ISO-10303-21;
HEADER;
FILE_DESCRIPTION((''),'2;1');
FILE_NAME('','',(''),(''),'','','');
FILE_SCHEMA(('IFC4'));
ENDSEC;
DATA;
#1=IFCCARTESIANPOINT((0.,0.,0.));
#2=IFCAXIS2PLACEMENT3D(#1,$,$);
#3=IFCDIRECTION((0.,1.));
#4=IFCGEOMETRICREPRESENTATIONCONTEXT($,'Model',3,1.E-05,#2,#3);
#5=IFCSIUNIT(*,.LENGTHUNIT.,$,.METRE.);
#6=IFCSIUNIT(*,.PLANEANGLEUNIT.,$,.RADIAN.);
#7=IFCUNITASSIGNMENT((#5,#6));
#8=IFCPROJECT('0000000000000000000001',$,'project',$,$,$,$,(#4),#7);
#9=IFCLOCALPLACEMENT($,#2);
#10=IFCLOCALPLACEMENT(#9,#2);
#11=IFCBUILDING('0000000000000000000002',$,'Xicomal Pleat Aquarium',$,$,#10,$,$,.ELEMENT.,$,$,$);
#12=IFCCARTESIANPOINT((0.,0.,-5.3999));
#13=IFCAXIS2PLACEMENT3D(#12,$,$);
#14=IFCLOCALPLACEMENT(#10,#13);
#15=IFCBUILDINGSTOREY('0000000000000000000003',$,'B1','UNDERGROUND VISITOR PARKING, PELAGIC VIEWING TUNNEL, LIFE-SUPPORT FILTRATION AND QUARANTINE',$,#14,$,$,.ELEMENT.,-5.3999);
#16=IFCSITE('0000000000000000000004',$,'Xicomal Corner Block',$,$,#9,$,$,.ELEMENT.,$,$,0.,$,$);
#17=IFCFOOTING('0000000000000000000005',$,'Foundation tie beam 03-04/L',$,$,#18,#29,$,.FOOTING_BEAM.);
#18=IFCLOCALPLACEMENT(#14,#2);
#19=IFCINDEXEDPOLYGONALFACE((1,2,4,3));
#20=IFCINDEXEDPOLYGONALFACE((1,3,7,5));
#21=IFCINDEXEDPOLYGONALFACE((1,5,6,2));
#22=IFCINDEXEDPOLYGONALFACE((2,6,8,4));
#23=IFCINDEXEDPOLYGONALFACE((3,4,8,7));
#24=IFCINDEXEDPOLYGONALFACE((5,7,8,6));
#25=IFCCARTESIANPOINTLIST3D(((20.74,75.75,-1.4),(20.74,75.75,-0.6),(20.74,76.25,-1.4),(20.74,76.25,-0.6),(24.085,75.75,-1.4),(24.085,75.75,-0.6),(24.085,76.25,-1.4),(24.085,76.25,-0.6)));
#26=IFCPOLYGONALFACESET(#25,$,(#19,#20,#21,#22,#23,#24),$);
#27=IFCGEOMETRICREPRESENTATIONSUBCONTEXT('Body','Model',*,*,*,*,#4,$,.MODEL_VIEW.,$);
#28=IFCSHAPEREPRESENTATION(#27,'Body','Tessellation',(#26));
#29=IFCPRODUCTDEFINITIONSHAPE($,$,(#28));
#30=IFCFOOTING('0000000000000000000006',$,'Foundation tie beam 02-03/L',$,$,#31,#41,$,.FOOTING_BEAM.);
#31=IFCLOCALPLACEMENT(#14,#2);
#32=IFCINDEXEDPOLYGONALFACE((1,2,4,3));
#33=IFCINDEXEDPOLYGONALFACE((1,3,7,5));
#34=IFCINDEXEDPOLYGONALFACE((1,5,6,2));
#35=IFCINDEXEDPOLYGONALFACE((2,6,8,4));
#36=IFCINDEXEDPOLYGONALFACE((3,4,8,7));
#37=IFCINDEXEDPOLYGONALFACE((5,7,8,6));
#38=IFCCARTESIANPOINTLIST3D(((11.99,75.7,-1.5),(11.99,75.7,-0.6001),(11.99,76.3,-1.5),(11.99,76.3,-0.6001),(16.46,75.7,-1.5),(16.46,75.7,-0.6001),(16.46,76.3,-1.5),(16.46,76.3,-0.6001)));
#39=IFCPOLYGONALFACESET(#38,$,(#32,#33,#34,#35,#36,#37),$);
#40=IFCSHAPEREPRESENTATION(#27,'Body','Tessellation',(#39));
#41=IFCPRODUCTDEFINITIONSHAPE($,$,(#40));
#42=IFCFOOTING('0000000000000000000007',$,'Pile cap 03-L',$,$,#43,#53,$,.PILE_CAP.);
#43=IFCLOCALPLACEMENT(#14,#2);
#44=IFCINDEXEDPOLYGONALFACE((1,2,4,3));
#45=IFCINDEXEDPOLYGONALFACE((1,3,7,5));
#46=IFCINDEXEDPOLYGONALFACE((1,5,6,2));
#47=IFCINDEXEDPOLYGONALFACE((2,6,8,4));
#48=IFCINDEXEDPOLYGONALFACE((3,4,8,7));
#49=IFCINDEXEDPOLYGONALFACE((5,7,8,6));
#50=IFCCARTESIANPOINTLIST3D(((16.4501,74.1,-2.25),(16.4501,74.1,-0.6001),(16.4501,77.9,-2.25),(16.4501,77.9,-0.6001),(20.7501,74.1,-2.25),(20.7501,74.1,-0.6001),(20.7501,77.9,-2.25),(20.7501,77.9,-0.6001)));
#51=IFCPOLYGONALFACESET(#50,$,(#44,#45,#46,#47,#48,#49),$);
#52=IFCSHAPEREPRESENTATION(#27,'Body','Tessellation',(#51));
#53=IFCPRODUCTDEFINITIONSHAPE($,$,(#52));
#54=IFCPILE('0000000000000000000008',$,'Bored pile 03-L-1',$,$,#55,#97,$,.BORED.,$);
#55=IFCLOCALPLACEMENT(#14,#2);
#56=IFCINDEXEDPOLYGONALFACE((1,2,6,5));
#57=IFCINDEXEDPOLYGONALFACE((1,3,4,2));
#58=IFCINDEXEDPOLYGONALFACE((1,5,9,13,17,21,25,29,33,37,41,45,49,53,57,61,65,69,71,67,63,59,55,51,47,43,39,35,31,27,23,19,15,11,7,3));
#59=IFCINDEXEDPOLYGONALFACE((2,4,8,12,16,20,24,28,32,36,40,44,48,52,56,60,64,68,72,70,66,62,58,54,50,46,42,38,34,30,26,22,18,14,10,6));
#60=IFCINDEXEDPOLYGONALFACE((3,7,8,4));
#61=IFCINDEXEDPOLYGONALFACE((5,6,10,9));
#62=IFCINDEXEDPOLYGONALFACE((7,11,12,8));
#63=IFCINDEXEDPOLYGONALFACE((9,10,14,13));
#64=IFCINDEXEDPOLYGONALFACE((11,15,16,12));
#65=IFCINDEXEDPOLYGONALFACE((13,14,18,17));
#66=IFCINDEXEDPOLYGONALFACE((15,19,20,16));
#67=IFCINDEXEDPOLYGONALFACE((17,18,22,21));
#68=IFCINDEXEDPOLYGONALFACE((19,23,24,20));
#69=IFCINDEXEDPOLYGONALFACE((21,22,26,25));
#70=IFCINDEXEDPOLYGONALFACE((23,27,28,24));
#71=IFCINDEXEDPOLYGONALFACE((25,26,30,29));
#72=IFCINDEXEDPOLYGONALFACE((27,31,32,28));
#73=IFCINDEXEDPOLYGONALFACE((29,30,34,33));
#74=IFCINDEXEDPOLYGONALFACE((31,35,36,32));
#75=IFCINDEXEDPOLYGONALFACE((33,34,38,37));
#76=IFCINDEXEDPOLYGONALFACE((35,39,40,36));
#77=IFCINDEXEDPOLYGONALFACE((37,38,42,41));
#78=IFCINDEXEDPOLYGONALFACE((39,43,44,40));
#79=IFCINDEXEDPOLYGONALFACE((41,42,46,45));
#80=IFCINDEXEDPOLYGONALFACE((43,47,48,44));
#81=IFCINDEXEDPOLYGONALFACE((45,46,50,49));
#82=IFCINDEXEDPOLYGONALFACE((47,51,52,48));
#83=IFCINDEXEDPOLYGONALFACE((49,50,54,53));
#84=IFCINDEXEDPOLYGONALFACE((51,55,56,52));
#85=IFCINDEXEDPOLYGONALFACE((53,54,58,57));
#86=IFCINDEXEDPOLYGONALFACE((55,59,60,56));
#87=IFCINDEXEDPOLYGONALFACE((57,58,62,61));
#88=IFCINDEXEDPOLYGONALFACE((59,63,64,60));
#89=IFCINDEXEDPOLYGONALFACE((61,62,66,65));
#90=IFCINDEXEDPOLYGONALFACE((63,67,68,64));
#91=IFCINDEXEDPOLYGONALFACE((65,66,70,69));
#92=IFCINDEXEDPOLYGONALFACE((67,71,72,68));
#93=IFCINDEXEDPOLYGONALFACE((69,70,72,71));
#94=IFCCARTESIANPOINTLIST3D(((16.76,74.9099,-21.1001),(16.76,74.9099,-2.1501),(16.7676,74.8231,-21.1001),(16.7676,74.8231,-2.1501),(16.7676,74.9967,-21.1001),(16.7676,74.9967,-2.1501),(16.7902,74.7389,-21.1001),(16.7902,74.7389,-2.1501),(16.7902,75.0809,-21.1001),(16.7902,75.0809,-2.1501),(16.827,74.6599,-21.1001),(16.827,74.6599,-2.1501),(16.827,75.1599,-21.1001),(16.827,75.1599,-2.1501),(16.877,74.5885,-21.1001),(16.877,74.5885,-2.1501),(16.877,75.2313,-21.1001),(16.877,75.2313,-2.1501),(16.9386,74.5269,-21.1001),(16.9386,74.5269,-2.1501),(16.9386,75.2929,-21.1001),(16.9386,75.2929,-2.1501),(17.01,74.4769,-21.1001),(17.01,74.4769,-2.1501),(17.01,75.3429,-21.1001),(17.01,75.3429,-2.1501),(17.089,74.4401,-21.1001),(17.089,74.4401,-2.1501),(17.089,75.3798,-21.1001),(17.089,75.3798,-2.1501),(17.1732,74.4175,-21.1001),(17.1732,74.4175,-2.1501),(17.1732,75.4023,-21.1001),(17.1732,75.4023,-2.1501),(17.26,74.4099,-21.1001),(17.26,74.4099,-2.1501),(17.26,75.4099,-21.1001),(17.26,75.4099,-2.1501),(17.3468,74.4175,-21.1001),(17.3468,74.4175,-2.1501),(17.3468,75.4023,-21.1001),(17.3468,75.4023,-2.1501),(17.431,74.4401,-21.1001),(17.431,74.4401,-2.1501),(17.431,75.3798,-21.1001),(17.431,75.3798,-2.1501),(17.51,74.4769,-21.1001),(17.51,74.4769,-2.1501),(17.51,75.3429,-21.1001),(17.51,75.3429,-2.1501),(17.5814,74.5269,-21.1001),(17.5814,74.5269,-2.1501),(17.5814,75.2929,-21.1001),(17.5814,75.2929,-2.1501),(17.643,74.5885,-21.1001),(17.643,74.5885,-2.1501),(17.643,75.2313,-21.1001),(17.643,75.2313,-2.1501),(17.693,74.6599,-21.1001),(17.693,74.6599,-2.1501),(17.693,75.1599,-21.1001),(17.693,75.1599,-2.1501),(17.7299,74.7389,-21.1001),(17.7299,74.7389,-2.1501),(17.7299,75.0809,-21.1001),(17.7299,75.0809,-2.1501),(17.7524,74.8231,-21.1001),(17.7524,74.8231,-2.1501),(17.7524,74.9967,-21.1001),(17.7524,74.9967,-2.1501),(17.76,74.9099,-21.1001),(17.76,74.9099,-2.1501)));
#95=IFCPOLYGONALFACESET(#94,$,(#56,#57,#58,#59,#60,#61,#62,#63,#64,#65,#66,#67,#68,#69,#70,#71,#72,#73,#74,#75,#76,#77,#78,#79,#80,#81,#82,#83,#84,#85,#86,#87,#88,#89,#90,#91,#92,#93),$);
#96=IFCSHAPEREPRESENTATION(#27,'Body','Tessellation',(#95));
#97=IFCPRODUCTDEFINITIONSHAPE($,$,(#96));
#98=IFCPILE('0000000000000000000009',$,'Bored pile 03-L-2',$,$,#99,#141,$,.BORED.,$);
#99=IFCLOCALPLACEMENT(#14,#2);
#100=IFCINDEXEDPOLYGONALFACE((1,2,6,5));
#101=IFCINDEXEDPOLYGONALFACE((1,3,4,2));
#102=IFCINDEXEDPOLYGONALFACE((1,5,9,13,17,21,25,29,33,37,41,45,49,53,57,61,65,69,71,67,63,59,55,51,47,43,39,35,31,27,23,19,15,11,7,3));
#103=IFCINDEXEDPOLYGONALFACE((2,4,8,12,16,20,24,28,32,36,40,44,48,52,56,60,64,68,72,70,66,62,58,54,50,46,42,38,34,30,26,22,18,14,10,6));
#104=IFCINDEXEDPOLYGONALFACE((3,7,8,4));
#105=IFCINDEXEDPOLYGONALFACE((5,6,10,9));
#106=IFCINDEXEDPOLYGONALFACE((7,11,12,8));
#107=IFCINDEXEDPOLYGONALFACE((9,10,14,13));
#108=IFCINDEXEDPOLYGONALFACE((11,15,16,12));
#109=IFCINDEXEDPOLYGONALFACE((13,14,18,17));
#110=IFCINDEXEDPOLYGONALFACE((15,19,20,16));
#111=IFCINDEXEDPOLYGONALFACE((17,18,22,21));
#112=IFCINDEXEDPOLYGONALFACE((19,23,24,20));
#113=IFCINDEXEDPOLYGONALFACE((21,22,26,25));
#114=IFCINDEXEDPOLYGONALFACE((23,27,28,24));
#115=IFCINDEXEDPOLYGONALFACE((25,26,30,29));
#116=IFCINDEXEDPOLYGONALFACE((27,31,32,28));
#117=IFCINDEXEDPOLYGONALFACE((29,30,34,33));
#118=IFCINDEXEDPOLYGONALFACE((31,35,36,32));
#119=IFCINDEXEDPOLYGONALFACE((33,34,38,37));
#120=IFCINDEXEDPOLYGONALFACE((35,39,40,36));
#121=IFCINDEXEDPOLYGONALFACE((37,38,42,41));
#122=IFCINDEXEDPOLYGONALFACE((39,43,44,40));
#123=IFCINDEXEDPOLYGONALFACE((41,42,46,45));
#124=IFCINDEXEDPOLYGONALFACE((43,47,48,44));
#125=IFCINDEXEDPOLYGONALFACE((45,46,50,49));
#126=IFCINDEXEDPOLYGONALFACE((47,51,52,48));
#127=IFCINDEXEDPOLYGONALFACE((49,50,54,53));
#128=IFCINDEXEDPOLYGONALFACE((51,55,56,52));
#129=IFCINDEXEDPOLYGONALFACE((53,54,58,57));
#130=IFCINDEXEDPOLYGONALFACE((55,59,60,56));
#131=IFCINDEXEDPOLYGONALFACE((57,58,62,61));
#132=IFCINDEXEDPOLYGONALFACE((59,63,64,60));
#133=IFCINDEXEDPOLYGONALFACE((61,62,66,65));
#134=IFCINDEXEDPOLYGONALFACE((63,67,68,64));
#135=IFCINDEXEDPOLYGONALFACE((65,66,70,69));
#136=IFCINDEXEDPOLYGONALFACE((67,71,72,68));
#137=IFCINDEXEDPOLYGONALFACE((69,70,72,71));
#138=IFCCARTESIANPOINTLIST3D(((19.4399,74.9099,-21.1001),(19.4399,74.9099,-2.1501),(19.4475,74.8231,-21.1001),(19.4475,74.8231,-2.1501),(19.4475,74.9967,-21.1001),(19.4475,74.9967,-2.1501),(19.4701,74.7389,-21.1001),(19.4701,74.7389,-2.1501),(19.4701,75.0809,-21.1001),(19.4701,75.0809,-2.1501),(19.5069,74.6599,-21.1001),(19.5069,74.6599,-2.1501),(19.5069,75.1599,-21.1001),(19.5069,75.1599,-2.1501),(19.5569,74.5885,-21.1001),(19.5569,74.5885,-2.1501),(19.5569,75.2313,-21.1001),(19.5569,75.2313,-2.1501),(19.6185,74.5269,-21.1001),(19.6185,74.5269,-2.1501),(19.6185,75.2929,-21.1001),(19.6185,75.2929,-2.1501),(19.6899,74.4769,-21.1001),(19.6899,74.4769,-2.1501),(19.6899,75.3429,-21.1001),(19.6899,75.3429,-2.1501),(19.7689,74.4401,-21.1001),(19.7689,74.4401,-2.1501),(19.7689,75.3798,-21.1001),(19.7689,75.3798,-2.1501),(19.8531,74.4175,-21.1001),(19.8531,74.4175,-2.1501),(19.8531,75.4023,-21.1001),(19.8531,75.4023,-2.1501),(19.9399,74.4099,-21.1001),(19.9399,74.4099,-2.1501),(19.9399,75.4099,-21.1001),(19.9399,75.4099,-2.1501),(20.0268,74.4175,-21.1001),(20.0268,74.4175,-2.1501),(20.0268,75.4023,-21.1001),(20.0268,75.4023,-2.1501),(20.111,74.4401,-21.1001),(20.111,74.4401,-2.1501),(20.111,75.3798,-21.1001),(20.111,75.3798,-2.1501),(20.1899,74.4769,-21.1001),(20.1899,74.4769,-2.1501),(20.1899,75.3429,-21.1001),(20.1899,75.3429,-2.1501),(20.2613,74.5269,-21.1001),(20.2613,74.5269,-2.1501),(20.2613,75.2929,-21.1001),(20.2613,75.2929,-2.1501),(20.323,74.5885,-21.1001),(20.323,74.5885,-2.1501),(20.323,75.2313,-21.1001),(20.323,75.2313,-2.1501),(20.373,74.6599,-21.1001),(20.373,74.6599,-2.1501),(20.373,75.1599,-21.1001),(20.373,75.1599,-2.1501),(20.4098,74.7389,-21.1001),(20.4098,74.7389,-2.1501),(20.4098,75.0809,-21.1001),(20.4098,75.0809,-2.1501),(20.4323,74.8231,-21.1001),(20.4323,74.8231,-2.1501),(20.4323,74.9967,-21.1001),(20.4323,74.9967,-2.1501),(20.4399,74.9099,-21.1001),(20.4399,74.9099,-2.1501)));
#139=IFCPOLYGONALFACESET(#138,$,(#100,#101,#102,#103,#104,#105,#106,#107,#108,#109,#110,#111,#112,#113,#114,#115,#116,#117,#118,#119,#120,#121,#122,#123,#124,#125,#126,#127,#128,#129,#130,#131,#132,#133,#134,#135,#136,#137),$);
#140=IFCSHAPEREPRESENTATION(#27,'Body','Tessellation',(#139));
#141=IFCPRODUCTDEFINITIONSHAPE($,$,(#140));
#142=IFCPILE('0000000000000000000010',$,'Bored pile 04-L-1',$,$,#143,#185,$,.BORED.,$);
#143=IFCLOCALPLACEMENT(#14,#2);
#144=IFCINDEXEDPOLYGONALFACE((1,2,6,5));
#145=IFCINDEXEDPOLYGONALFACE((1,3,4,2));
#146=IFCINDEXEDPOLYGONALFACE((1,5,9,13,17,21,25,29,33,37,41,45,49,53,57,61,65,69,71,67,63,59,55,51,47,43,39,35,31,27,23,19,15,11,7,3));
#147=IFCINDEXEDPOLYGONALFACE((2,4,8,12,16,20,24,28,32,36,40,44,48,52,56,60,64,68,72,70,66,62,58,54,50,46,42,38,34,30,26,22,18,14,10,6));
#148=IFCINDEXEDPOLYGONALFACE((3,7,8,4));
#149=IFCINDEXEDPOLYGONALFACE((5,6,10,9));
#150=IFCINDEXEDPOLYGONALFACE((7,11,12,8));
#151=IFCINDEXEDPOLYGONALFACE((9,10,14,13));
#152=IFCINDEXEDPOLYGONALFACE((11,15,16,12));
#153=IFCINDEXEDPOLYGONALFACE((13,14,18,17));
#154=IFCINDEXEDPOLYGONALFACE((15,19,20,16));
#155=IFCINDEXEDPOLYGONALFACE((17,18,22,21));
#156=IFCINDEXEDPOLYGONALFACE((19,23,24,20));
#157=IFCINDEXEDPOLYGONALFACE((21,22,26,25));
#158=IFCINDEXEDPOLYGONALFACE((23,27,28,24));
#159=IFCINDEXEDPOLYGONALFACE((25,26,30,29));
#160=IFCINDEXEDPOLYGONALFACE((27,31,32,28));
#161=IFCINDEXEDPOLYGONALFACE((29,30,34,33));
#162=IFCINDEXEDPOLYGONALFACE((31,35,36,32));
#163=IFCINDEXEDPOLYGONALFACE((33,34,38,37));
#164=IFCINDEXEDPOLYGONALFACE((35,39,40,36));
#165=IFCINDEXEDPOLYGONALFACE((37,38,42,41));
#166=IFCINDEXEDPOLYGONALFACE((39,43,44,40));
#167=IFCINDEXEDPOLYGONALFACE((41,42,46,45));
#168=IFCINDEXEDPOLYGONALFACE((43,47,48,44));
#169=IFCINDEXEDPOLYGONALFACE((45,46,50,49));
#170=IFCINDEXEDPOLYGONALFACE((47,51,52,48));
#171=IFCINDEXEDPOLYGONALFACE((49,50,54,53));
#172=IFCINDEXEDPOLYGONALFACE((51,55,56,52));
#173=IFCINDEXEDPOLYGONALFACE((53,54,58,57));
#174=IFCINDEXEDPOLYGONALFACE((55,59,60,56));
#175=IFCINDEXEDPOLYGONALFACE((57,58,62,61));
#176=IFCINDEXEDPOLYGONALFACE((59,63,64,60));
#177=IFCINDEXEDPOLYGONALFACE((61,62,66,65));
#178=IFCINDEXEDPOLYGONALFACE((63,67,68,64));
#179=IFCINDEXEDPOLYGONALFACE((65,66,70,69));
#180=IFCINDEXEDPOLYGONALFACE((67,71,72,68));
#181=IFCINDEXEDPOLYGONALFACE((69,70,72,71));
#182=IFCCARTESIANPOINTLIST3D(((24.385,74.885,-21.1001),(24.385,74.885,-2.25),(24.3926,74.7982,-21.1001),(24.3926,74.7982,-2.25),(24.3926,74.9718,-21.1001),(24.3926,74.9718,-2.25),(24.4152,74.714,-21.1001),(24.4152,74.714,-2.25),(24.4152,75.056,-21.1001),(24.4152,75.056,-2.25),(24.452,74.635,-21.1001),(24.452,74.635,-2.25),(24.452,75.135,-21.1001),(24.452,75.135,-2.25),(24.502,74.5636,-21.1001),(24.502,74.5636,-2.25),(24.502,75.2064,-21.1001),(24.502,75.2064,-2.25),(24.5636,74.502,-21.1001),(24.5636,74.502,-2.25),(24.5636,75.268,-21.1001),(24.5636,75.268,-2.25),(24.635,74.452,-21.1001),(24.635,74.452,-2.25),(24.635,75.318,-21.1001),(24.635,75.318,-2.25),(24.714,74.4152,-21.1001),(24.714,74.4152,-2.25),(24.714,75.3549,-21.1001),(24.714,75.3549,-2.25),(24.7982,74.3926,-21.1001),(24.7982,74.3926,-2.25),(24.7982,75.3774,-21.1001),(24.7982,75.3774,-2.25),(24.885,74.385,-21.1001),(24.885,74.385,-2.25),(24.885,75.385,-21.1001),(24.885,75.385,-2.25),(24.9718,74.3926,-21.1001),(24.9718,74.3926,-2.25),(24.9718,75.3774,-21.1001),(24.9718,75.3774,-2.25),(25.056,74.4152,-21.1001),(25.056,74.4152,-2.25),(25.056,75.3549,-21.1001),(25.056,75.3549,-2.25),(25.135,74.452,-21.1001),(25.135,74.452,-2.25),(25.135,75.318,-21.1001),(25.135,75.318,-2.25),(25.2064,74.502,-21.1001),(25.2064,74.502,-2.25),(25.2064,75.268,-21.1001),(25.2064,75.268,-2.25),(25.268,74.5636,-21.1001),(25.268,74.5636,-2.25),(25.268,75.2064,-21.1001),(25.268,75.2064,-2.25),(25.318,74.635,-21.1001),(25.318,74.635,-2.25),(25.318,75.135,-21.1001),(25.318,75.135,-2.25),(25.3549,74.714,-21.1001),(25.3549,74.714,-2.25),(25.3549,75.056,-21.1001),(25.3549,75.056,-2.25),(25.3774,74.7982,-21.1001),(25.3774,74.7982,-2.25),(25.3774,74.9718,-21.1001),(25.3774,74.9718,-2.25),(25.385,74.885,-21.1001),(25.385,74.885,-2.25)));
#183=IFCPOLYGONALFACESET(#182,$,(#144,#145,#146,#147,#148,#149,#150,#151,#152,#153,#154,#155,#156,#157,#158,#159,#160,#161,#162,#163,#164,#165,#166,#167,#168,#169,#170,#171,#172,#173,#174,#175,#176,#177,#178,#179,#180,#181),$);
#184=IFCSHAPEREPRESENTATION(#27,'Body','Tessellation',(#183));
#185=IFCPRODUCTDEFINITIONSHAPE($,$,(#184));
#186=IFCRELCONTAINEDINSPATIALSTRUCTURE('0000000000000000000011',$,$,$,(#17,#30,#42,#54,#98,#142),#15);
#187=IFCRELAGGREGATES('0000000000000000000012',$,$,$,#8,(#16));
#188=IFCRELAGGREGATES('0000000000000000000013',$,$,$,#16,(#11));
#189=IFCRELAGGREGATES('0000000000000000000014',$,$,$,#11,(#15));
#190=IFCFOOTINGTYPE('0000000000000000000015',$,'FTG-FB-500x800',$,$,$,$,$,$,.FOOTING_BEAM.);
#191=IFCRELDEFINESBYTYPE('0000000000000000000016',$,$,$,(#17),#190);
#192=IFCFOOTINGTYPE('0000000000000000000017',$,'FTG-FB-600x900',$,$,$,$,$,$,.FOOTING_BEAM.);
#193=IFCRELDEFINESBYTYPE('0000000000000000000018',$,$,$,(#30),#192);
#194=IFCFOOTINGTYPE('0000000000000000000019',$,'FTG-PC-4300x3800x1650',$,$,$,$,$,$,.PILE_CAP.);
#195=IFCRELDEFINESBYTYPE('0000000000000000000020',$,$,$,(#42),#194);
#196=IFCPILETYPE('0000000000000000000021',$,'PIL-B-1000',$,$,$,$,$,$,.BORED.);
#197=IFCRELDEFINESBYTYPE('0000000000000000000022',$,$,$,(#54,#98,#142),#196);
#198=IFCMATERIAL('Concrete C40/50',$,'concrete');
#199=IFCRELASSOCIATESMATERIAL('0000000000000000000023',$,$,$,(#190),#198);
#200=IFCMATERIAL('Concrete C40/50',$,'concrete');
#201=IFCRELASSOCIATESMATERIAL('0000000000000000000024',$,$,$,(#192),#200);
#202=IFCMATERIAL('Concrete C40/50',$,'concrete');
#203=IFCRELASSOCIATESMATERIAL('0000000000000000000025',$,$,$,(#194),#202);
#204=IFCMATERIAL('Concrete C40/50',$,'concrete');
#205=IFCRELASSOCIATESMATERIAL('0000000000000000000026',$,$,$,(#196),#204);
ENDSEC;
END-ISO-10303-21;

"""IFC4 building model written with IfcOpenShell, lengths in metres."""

from ifc_helpers import new_model, si_unit, direction, frame, origin, origin_2d, place, context, subcontext, project, spatial, rectangle, circle, extrude, material, material_profile, profile_set, type_object, element, save


model = new_model("IFC4")

# Units and contexts
model_context = context("Model", 3, precision=1e-05, world=origin(), true_north=direction((0.0, 1.0)))
body_context = subcontext(model_context, "Body", "Model", "MODEL_VIEW")
ifc_project = project(units=[si_unit("LENGTHUNIT", "METRE"), si_unit("PLANEANGLEUNIT", "RADIAN")], contexts=[model_context])

# Site, building, storey
site_placement = place(None, origin())
site = spatial("IfcSite", under=ifc_project, at=site_placement, Name="Xicomal Corner Block", CompositionType="ELEMENT", RefElevation=0.0)
building_placement = place(site_placement, origin())
building = spatial("IfcBuilding", under=site, at=building_placement, Name="Xicomal Pleat Aquarium", CompositionType="ELEMENT")
storey_placement = place(building_placement, frame((0.0, 0.0, -5.3999)))
storey = spatial("IfcBuildingStorey", under=building, at=storey_placement, Name="B1", Description="UNDERGROUND VISITOR PARKING, PELAGIC VIEWING TUNNEL, LIFE-SUPPORT FILTRATION AND QUARANTINE", CompositionType="ELEMENT", Elevation=-5.3999)

# Footings
ifc_material_1 = material(Name="Concrete C40/50", Category="concrete")
ifc_material_profile_1 = material_profile(ifc_material_1, rectangle(XDim=0.5, YDim=0.8, at=origin_2d()), Name="FB-01 500x800")
ifc_profile_set_1 = profile_set([ifc_material_profile_1], Name="Concrete C40/50")
footing_type_1 = type_object("IfcFootingType", Name="FTG-FB-500x800", PredefinedType="FOOTING_BEAM", material=ifc_profile_set_1)
footing_1_placement = place(storey_placement, frame((20.74, 76.0, -1.0), z_axis=(1.0, 0.0, 0.0), x_axis=(0.0, 1.0, 0.0)))
element("IfcFooting", 1, at=footing_1_placement, inside=storey, type_object=footing_type_1, Name="Foundation tie beam 03-04/L", PredefinedType="FOOTING_BEAM", context=body_context, shape_type="SweptSolid", body=[
    extrude(rectangle(XDim=0.5, YDim=0.8, at=origin_2d()), origin(), (0.0, 0.0, 1.0), 3.345),
])
ifc_material_2 = material(Name="Concrete C40/50", Category="concrete")
ifc_material_profile_2 = material_profile(ifc_material_2, rectangle(XDim=0.6001, YDim=0.8999, at=origin_2d()), Name="FB-02 600x900")
ifc_profile_set_2 = profile_set([ifc_material_profile_2], Name="Concrete C40/50")
footing_type_2 = type_object("IfcFootingType", Name="FTG-FB-600x900", PredefinedType="FOOTING_BEAM", material=ifc_profile_set_2)
footing_2_placement = place(storey_placement, frame((11.99, 76.0, -1.05), z_axis=(1.0, 0.0, 0.0), x_axis=(0.0, 1.0, 0.0)))
element("IfcFooting", 2, at=footing_2_placement, inside=storey, type_object=footing_type_2, Name="Foundation tie beam 02-03/L", PredefinedType="FOOTING_BEAM", context=body_context, shape_type="SweptSolid", body=[
    extrude(rectangle(XDim=0.6001, YDim=0.8999, at=origin_2d()), origin(), (0.0, 0.0, 1.0), 4.47),
])
ifc_material_3 = material(Name="Concrete C40/50", Category="concrete")
footing_type_3 = type_object("IfcFootingType", Name="FTG-PC-4300x3800x1650", PredefinedType="PILE_CAP", material=ifc_material_3)
footing_3_placement = place(storey_placement, frame((18.6001, 76.0, -2.25), z_axis=(0.0, 0.0, 1.0), x_axis=(1.0, 0.0, 0.0)))
element("IfcFooting", 3, at=footing_3_placement, inside=storey, type_object=footing_type_3, Name="Pile cap 03-L", PredefinedType="PILE_CAP", context=body_context, shape_type="SweptSolid", body=[
    extrude(rectangle(XDim=4.3, YDim=3.8, at=origin_2d()), origin(), (0.0, 0.0, 1.0), 1.6499),
])

# Piles
ifc_material_4 = material(Name="Concrete C40/50", Category="concrete")
ifc_material_profile_3 = material_profile(ifc_material_4, circle(Radius=0.5, at=origin_2d()), Name="BORED PILE D1000")
ifc_profile_set_3 = profile_set([ifc_material_profile_3], Name="Concrete C40/50")
pile_type_1 = type_object("IfcPileType", Name="PIL-B-1000", PredefinedType="BORED", material=ifc_profile_set_3)
for number, where, z_axis, x_axis, name in (
    (4, (17.26, 74.9099, -2.1501), (0.0, 0.0, -1.0), (1.0, 0.0, 0.0), "Bored pile 03-L-1"),
    (5, (19.9399, 74.9099, -2.1501), (0.0, 0.0, -1.0), (1.0, 0.0, 0.0), "Bored pile 03-L-2"),
):
    element("IfcPile", number, at=place(storey_placement, frame(where, z_axis=z_axis, x_axis=x_axis)), inside=storey, type_object=pile_type_1, Name=name, PredefinedType="BORED", context=body_context, shape_type="SweptSolid", body=[
        extrude(circle(Radius=0.5, at=origin_2d()), origin(), (0.0, 0.0, 1.0), 18.95),
    ])
pile_1_placement = place(storey_placement, frame((24.885, 74.885, -2.25), z_axis=(0.0, 0.0, -1.0), x_axis=(1.0, 0.0, 0.0)))
element("IfcPile", 6, at=pile_1_placement, inside=storey, type_object=pile_type_1, Name="Bored pile 04-L-1", PredefinedType="BORED", context=body_context, shape_type="SweptSolid", body=[
    extrude(circle(Radius=0.5, at=origin_2d()), origin(), (0.0, 0.0, 1.0), 18.8501),
])

save(model, "model.ifc")
